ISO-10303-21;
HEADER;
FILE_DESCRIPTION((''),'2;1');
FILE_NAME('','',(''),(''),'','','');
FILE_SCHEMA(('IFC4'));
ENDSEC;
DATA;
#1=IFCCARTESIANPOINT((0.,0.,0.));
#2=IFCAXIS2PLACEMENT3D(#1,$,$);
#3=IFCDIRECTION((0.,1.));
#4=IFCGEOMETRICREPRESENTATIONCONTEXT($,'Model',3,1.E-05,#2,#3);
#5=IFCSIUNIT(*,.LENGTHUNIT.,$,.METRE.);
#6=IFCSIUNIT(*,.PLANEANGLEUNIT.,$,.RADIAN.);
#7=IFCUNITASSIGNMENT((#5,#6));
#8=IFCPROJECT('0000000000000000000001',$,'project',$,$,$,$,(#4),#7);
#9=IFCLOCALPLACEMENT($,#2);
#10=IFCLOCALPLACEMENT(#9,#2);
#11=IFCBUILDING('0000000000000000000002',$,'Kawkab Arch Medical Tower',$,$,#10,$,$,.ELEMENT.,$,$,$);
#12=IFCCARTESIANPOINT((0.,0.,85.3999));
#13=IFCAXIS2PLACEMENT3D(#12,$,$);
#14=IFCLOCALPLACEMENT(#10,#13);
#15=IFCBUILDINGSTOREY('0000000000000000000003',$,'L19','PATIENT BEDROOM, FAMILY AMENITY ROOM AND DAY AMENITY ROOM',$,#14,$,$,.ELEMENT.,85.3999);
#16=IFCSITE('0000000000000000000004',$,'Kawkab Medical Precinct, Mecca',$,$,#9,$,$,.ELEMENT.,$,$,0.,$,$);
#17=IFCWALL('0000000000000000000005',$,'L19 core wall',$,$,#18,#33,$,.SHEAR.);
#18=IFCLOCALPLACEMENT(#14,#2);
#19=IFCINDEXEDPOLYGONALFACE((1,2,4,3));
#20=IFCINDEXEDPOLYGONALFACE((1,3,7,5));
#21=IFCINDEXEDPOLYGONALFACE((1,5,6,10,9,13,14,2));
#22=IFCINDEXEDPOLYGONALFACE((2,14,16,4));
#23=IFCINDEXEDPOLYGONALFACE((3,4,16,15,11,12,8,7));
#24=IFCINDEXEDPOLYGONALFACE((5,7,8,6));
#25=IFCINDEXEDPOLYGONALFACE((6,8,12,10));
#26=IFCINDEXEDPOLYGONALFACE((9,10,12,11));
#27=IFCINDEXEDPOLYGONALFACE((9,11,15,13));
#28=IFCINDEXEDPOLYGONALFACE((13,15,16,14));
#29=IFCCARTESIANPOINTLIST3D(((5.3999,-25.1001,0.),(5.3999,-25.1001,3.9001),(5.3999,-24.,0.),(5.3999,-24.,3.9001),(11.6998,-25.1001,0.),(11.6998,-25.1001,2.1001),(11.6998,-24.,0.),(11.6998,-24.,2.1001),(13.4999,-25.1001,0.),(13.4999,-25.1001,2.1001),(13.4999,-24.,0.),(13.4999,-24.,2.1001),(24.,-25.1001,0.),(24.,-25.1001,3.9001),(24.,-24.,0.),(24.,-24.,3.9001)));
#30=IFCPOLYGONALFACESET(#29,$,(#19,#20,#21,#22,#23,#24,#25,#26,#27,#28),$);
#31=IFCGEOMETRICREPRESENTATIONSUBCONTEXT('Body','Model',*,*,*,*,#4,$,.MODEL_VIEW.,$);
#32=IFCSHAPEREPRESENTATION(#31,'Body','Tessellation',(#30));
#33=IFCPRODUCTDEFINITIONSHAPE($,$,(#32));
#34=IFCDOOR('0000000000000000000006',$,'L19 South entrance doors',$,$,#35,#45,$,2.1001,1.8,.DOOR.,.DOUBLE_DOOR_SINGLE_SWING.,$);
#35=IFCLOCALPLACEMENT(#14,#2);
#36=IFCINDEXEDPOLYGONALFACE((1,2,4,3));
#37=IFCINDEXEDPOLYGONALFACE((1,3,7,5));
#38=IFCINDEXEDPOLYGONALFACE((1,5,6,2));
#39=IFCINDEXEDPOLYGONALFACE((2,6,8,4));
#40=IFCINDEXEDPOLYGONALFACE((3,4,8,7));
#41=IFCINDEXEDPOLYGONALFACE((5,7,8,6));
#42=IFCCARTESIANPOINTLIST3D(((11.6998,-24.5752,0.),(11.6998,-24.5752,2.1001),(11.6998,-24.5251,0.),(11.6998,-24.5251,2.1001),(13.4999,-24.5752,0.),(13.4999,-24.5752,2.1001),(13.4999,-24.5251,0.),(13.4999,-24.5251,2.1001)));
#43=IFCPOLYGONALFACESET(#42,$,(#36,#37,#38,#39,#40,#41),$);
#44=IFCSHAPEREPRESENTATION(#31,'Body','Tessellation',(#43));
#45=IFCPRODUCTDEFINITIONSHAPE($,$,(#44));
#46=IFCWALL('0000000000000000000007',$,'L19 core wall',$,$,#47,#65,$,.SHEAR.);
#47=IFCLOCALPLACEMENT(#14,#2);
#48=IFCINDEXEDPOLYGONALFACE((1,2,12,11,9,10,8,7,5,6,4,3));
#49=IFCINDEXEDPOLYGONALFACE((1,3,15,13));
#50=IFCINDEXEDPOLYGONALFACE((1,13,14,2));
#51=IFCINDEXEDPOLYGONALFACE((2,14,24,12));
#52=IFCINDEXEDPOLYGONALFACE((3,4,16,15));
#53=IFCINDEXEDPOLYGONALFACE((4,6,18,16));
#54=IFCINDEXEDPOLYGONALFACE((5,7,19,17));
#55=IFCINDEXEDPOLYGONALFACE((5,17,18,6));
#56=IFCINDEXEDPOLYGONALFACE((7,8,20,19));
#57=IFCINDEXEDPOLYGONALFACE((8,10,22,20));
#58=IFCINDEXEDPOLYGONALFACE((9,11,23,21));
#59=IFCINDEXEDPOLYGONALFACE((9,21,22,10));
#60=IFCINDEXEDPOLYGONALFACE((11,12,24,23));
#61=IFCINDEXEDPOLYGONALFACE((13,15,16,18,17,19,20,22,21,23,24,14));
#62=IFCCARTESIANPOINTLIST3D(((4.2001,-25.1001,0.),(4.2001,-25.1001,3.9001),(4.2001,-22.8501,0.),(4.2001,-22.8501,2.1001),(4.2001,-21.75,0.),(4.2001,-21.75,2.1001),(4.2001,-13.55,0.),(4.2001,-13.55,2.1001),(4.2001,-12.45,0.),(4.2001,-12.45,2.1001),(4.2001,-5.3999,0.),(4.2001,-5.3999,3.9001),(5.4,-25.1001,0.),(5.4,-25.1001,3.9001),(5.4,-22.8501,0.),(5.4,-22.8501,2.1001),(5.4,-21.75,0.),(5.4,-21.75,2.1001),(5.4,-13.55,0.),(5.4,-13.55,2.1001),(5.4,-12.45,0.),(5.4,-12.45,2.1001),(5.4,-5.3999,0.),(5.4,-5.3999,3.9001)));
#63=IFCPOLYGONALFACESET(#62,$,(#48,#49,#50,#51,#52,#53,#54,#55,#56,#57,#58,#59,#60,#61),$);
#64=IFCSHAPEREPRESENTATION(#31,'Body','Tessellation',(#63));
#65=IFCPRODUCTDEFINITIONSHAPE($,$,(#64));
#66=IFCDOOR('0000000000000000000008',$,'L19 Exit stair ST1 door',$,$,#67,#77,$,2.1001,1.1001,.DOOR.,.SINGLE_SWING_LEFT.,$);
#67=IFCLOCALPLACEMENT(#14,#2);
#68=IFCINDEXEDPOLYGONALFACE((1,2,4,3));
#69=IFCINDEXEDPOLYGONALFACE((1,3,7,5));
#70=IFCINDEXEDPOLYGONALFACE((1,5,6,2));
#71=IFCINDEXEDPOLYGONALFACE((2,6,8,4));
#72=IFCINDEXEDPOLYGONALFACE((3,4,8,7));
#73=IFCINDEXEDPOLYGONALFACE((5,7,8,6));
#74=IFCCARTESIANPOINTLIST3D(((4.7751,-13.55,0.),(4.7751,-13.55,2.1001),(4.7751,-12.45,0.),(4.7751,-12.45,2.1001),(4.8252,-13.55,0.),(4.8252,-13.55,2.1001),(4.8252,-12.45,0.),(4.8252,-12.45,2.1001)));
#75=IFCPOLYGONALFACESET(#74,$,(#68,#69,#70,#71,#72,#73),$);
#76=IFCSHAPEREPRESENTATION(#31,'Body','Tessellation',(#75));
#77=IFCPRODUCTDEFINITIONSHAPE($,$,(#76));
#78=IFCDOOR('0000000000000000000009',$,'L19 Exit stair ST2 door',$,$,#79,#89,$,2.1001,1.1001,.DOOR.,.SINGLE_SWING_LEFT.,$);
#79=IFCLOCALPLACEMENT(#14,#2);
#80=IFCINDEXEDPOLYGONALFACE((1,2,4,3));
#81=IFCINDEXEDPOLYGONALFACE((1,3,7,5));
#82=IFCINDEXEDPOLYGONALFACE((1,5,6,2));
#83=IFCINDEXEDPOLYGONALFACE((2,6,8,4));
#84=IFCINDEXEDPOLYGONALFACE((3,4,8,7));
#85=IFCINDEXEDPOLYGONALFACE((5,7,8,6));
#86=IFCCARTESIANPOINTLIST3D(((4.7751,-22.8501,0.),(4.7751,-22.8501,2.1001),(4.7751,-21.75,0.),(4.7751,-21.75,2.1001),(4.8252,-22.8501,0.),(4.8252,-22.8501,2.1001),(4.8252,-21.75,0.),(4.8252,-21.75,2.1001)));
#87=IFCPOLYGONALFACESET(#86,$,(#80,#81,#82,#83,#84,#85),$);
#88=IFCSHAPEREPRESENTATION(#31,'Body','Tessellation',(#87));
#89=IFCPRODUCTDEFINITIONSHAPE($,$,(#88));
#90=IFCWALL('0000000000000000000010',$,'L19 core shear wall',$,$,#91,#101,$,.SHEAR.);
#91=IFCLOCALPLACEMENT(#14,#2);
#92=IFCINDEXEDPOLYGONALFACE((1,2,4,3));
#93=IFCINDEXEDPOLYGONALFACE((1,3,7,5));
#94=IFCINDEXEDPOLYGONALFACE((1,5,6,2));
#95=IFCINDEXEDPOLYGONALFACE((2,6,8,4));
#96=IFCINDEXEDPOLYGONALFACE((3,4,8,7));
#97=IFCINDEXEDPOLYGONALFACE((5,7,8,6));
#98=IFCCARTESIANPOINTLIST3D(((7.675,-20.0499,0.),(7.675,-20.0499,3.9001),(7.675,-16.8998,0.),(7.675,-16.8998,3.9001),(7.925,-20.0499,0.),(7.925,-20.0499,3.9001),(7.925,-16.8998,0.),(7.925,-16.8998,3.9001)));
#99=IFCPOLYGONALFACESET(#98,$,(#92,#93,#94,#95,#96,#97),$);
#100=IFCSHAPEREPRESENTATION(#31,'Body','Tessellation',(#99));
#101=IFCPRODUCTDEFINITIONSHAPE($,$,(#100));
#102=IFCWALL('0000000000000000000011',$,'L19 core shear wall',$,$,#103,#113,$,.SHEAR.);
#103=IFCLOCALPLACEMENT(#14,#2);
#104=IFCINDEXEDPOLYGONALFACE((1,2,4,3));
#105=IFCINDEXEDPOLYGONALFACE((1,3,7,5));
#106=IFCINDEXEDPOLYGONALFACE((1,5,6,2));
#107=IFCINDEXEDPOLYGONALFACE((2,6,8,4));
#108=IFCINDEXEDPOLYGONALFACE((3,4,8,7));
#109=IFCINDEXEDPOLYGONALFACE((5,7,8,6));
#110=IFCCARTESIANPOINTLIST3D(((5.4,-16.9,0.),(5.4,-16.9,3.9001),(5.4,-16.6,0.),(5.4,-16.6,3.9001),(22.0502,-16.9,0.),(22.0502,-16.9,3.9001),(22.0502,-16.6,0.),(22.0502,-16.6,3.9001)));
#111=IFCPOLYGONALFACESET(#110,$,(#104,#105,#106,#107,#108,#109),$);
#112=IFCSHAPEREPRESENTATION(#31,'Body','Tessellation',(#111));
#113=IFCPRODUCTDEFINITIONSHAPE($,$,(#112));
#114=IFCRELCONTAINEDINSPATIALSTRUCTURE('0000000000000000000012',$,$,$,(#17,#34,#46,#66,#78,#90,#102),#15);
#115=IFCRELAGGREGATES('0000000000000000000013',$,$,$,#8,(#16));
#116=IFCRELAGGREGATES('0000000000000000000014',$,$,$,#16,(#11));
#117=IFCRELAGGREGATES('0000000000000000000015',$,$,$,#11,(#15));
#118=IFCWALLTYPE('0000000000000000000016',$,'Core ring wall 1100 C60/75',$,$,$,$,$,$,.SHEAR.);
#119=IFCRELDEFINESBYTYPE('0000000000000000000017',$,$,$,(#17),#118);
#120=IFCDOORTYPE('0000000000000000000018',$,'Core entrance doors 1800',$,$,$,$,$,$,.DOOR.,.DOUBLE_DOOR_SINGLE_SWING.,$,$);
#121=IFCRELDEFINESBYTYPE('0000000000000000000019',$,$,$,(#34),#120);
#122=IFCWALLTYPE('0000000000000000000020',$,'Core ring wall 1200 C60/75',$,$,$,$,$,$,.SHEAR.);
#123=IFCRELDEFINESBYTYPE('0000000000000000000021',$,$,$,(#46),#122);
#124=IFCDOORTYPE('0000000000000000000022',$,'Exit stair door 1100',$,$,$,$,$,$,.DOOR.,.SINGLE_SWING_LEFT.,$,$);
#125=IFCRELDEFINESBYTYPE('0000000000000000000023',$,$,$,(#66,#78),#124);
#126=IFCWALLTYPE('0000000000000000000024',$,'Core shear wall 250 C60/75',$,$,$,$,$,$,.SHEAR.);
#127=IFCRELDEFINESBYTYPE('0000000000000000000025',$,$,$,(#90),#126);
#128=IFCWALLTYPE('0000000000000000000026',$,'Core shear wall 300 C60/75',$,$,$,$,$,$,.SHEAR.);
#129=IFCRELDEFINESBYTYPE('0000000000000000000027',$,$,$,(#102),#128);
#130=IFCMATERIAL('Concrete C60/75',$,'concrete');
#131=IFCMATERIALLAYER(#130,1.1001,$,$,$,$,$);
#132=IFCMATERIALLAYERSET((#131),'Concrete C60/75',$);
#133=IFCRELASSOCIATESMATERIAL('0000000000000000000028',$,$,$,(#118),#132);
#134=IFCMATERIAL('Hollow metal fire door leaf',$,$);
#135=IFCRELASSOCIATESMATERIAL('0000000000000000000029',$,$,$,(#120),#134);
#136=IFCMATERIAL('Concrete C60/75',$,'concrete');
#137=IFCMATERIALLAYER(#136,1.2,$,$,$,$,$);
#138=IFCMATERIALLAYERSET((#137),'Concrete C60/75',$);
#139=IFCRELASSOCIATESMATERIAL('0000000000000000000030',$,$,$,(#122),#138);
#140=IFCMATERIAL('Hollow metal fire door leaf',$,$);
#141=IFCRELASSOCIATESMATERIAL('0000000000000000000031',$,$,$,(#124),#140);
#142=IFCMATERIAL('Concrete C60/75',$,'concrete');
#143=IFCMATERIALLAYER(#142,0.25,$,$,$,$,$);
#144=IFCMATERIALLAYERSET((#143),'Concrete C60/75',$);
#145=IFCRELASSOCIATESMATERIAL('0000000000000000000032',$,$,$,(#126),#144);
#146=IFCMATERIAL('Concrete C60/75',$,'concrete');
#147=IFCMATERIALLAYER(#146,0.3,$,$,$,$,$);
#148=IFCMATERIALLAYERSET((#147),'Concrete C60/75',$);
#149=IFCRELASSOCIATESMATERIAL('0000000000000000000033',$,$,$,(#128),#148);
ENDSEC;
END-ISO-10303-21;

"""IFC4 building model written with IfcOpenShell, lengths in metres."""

from ifc_helpers import new_model, si_unit, direction, frame, frame_2d, origin, place, context, subcontext, project, spatial, rectangle, extrude, material, layer, layer_set, type_object, element, fill, save


model = new_model("IFC4")

# Units and contexts
model_context = context("Model", 3, precision=1e-05, world=origin(), true_north=direction((0.0, 1.0)))
body_context = subcontext(model_context, "Body", "Model", "MODEL_VIEW")
ifc_project = project(units=[si_unit("LENGTHUNIT", "METRE"), si_unit("PLANEANGLEUNIT", "RADIAN")], contexts=[model_context])

# Site, building, storey
site_placement = place(None, origin())
site = spatial("IfcSite", under=ifc_project, at=site_placement, Name="Kawkab Medical Precinct, Mecca", CompositionType="ELEMENT", RefElevation=0.0)
building_placement = place(site_placement, origin())
building = spatial("IfcBuilding", under=site, at=building_placement, Name="Kawkab Arch Medical Tower", CompositionType="ELEMENT")
storey_placement = place(building_placement, frame((0.0, 0.0, 85.3999)))
storey = spatial("IfcBuildingStorey", under=building, at=storey_placement, Name="L19", Description="PATIENT BEDROOM, FAMILY AMENITY ROOM AND DAY AMENITY ROOM", CompositionType="ELEMENT", Elevation=85.3999)

# Wall, opening, door
ifc_material_1 = material(Name="Concrete C60/75", Category="concrete")
ifc_layer_1 = layer(ifc_material_1, 1.1001)
ifc_layer_set_1 = layer_set([ifc_layer_1], Name="Concrete C60/75")
wall_type_1 = type_object("IfcWallType", Name="Core ring wall 1100 C60/75", PredefinedType="SHEAR", material=ifc_layer_set_1)
wall_1_placement = place(storey_placement, frame((5.3999, -24.55, 0.0), z_axis=(0.0, 0.0, 1.0), x_axis=(1.0, 0.0, 0.0)))
wall_1 = element("IfcWall", 1, at=wall_1_placement, inside=storey, type_object=wall_type_1, Name="L19 core wall", PredefinedType="SHEAR", context=body_context, shape_type="SweptSolid", body=[
    extrude(rectangle(XDim=18.6001, YDim=1.1001, at=frame_2d((9.3, 0.0))), origin(), (0.0, 0.0, 1.0), 3.9001),
])
opening_1_placement = place(wall_1_placement, frame((6.3, 0.0, 0.0)))
opening_1 = element("IfcOpeningElement", 2, at=opening_1_placement, cuts=wall_1, PredefinedType="OPENING", context=body_context, shape_type="SweptSolid", body=[
    extrude(rectangle(XDim=1.8, YDim=2.1001, at=frame_2d((0.8999, 1.05))), frame((0.0, 0.5601, 0.0), z_axis=(0.0, -1.0, 0.0), x_axis=(1.0, 0.0, 0.0)), (0.0, 0.0, 1.0), 1.1201),
])
ifc_material_2 = material(Name="Hollow metal fire door leaf")
door_type_1 = type_object("IfcDoorType", Name="Core entrance doors 1800", OperationType="DOUBLE_DOOR_SINGLE_SWING", PredefinedType="DOOR", material=ifc_material_2)
door_1_placement = place(opening_1_placement, origin())
door_1 = element("IfcDoor", 3, at=door_1_placement, inside=storey, type_object=door_type_1, Name="L19 South entrance doors", OperationType="DOUBLE_DOOR_SINGLE_SWING", OverallHeight=2.1001, OverallWidth=1.8, PredefinedType="DOOR", context=body_context, shape_type="SweptSolid", body=[
    extrude(rectangle(XDim=1.8, YDim=2.1001, at=frame_2d((0.8999, 1.05))), frame((0.0, 0.0249, 0.0), z_axis=(0.0, -1.0, 0.0), x_axis=(1.0, 0.0, 0.0)), (0.0, 0.0, 1.0), 0.05),
])
fill(opening_1, door_1)

# Wall, openings, doors
ifc_material_3 = material(Name="Concrete C60/75", Category="concrete")
ifc_layer_2 = layer(ifc_material_3, 1.2)
ifc_layer_set_2 = layer_set([ifc_layer_2], Name="Concrete C60/75")
wall_type_2 = type_object("IfcWallType", Name="Core ring wall 1200 C60/75", PredefinedType="SHEAR", material=ifc_layer_set_2)
wall_2_placement = place(storey_placement, frame((4.8, -25.1001, 0.0), z_axis=(0.0, 0.0, 1.0), x_axis=(0.0, 1.0, 0.0)))
wall_2 = element("IfcWall", 4, at=wall_2_placement, inside=storey, type_object=wall_type_2, Name="L19 core wall", PredefinedType="SHEAR", context=body_context, shape_type="SweptSolid", body=[
    extrude(rectangle(XDim=19.7002, YDim=1.2, at=frame_2d((9.8501, 0.0))), origin(), (0.0, 0.0, 1.0), 3.9001),
])
opening_2_placement = place(wall_2_placement, frame((11.55, 0.0, 0.0)))
opening_2 = element("IfcOpeningElement", 5, at=opening_2_placement, cuts=wall_2, PredefinedType="OPENING", context=body_context, shape_type="SweptSolid", body=[
    extrude(rectangle(XDim=1.1001, YDim=2.1001, at=frame_2d((0.55, 1.05))), frame((0.0, 0.6099, 0.0), z_axis=(0.0, -1.0, 0.0), x_axis=(1.0, 0.0, 0.0)), (0.0, 0.0, 1.0), 1.22),
])
opening_3_placement = place(wall_2_placement, frame((2.25, 0.0, 0.0)))
opening_3 = element("IfcOpeningElement", 6, at=opening_3_placement, cuts=wall_2, PredefinedType="OPENING", context=body_context, shape_type="SweptSolid", body=[
    extrude(rectangle(XDim=1.1001, YDim=2.1001, at=frame_2d((0.55, 1.05))), frame((0.0, 0.6099, 0.0), z_axis=(0.0, -1.0, 0.0), x_axis=(1.0, 0.0, 0.0)), (0.0, 0.0, 1.0), 1.22),
])
ifc_material_4 = material(Name="Hollow metal fire door leaf")
door_type_2 = type_object("IfcDoorType", Name="Exit stair door 1100", OperationType="SINGLE_SWING_LEFT", PredefinedType="DOOR", material=ifc_material_4)
door_2_placement = place(opening_2_placement, origin())
door_2 = element("IfcDoor", 7, at=door_2_placement, inside=storey, type_object=door_type_2, Name="L19 Exit stair ST1 door", OperationType="SINGLE_SWING_LEFT", OverallHeight=2.1001, OverallWidth=1.1001, PredefinedType="DOOR", context=body_context, shape_type="SweptSolid", body=[
    extrude(rectangle(XDim=1.1001, YDim=2.1001, at=frame_2d((0.55, 1.05))), frame((0.0, 0.0249, 0.0), z_axis=(0.0, -1.0, 0.0), x_axis=(1.0, 0.0, 0.0)), (0.0, 0.0, 1.0), 0.05),
])
fill(opening_2, door_2)
door_3_placement = place(opening_3_placement, origin())
door_3 = element("IfcDoor", 8, at=door_3_placement, inside=storey, type_object=door_type_2, Name="L19 Exit stair ST2 door", OperationType="SINGLE_SWING_LEFT", OverallHeight=2.1001, OverallWidth=1.1001, PredefinedType="DOOR", context=body_context, shape_type="SweptSolid", body=[
    extrude(rectangle(XDim=1.1001, YDim=2.1001, at=frame_2d((0.55, 1.05))), frame((0.0, 0.0249, 0.0), z_axis=(0.0, -1.0, 0.0), x_axis=(1.0, 0.0, 0.0)), (0.0, 0.0, 1.0), 0.05),
])
fill(opening_3, door_3)

# Walls
ifc_material_5 = material(Name="Concrete C60/75", Category="concrete")
ifc_layer_3 = layer(ifc_material_5, 0.25)
ifc_layer_set_3 = layer_set([ifc_layer_3], Name="Concrete C60/75")
wall_type_3 = type_object("IfcWallType", Name="Core shear wall 250 C60/75", PredefinedType="SHEAR", material=ifc_layer_set_3)
wall_3_placement = place(storey_placement, frame((7.8, -20.05, 0.0), z_axis=(0.0, 0.0, 1.0), x_axis=(0.0, 1.0, 0.0)))
element("IfcWall", 9, at=wall_3_placement, inside=storey, type_object=wall_type_3, Name="L19 core shear wall", PredefinedType="SHEAR", context=body_context, shape_type="SweptSolid", body=[
    extrude(rectangle(XDim=3.1501, YDim=0.25, at=frame_2d((1.5752, 0.0))), origin(), (0.0, 0.0, 1.0), 3.9001),
])
ifc_material_6 = material(Name="Concrete C60/75", Category="concrete")
ifc_layer_4 = layer(ifc_material_6, 0.3)
ifc_layer_set_4 = layer_set([ifc_layer_4], Name="Concrete C60/75")
wall_type_4 = type_object("IfcWallType", Name="Core shear wall 300 C60/75", PredefinedType="SHEAR", material=ifc_layer_set_4)
wall_4_placement = place(storey_placement, frame((5.3999, -16.75, 0.0), z_axis=(0.0, 0.0, 1.0), x_axis=(1.0, 0.0, 0.0)))
element("IfcWall", 10, at=wall_4_placement, inside=storey, type_object=wall_type_4, Name="L19 core shear wall", PredefinedType="SHEAR", context=body_context, shape_type="SweptSolid", body=[
    extrude(rectangle(XDim=16.6501, YDim=0.3, at=frame_2d((8.3252, 0.0))), origin(), (0.0, 0.0, 1.0), 3.9001),
])

save(model, "model.ifc")
